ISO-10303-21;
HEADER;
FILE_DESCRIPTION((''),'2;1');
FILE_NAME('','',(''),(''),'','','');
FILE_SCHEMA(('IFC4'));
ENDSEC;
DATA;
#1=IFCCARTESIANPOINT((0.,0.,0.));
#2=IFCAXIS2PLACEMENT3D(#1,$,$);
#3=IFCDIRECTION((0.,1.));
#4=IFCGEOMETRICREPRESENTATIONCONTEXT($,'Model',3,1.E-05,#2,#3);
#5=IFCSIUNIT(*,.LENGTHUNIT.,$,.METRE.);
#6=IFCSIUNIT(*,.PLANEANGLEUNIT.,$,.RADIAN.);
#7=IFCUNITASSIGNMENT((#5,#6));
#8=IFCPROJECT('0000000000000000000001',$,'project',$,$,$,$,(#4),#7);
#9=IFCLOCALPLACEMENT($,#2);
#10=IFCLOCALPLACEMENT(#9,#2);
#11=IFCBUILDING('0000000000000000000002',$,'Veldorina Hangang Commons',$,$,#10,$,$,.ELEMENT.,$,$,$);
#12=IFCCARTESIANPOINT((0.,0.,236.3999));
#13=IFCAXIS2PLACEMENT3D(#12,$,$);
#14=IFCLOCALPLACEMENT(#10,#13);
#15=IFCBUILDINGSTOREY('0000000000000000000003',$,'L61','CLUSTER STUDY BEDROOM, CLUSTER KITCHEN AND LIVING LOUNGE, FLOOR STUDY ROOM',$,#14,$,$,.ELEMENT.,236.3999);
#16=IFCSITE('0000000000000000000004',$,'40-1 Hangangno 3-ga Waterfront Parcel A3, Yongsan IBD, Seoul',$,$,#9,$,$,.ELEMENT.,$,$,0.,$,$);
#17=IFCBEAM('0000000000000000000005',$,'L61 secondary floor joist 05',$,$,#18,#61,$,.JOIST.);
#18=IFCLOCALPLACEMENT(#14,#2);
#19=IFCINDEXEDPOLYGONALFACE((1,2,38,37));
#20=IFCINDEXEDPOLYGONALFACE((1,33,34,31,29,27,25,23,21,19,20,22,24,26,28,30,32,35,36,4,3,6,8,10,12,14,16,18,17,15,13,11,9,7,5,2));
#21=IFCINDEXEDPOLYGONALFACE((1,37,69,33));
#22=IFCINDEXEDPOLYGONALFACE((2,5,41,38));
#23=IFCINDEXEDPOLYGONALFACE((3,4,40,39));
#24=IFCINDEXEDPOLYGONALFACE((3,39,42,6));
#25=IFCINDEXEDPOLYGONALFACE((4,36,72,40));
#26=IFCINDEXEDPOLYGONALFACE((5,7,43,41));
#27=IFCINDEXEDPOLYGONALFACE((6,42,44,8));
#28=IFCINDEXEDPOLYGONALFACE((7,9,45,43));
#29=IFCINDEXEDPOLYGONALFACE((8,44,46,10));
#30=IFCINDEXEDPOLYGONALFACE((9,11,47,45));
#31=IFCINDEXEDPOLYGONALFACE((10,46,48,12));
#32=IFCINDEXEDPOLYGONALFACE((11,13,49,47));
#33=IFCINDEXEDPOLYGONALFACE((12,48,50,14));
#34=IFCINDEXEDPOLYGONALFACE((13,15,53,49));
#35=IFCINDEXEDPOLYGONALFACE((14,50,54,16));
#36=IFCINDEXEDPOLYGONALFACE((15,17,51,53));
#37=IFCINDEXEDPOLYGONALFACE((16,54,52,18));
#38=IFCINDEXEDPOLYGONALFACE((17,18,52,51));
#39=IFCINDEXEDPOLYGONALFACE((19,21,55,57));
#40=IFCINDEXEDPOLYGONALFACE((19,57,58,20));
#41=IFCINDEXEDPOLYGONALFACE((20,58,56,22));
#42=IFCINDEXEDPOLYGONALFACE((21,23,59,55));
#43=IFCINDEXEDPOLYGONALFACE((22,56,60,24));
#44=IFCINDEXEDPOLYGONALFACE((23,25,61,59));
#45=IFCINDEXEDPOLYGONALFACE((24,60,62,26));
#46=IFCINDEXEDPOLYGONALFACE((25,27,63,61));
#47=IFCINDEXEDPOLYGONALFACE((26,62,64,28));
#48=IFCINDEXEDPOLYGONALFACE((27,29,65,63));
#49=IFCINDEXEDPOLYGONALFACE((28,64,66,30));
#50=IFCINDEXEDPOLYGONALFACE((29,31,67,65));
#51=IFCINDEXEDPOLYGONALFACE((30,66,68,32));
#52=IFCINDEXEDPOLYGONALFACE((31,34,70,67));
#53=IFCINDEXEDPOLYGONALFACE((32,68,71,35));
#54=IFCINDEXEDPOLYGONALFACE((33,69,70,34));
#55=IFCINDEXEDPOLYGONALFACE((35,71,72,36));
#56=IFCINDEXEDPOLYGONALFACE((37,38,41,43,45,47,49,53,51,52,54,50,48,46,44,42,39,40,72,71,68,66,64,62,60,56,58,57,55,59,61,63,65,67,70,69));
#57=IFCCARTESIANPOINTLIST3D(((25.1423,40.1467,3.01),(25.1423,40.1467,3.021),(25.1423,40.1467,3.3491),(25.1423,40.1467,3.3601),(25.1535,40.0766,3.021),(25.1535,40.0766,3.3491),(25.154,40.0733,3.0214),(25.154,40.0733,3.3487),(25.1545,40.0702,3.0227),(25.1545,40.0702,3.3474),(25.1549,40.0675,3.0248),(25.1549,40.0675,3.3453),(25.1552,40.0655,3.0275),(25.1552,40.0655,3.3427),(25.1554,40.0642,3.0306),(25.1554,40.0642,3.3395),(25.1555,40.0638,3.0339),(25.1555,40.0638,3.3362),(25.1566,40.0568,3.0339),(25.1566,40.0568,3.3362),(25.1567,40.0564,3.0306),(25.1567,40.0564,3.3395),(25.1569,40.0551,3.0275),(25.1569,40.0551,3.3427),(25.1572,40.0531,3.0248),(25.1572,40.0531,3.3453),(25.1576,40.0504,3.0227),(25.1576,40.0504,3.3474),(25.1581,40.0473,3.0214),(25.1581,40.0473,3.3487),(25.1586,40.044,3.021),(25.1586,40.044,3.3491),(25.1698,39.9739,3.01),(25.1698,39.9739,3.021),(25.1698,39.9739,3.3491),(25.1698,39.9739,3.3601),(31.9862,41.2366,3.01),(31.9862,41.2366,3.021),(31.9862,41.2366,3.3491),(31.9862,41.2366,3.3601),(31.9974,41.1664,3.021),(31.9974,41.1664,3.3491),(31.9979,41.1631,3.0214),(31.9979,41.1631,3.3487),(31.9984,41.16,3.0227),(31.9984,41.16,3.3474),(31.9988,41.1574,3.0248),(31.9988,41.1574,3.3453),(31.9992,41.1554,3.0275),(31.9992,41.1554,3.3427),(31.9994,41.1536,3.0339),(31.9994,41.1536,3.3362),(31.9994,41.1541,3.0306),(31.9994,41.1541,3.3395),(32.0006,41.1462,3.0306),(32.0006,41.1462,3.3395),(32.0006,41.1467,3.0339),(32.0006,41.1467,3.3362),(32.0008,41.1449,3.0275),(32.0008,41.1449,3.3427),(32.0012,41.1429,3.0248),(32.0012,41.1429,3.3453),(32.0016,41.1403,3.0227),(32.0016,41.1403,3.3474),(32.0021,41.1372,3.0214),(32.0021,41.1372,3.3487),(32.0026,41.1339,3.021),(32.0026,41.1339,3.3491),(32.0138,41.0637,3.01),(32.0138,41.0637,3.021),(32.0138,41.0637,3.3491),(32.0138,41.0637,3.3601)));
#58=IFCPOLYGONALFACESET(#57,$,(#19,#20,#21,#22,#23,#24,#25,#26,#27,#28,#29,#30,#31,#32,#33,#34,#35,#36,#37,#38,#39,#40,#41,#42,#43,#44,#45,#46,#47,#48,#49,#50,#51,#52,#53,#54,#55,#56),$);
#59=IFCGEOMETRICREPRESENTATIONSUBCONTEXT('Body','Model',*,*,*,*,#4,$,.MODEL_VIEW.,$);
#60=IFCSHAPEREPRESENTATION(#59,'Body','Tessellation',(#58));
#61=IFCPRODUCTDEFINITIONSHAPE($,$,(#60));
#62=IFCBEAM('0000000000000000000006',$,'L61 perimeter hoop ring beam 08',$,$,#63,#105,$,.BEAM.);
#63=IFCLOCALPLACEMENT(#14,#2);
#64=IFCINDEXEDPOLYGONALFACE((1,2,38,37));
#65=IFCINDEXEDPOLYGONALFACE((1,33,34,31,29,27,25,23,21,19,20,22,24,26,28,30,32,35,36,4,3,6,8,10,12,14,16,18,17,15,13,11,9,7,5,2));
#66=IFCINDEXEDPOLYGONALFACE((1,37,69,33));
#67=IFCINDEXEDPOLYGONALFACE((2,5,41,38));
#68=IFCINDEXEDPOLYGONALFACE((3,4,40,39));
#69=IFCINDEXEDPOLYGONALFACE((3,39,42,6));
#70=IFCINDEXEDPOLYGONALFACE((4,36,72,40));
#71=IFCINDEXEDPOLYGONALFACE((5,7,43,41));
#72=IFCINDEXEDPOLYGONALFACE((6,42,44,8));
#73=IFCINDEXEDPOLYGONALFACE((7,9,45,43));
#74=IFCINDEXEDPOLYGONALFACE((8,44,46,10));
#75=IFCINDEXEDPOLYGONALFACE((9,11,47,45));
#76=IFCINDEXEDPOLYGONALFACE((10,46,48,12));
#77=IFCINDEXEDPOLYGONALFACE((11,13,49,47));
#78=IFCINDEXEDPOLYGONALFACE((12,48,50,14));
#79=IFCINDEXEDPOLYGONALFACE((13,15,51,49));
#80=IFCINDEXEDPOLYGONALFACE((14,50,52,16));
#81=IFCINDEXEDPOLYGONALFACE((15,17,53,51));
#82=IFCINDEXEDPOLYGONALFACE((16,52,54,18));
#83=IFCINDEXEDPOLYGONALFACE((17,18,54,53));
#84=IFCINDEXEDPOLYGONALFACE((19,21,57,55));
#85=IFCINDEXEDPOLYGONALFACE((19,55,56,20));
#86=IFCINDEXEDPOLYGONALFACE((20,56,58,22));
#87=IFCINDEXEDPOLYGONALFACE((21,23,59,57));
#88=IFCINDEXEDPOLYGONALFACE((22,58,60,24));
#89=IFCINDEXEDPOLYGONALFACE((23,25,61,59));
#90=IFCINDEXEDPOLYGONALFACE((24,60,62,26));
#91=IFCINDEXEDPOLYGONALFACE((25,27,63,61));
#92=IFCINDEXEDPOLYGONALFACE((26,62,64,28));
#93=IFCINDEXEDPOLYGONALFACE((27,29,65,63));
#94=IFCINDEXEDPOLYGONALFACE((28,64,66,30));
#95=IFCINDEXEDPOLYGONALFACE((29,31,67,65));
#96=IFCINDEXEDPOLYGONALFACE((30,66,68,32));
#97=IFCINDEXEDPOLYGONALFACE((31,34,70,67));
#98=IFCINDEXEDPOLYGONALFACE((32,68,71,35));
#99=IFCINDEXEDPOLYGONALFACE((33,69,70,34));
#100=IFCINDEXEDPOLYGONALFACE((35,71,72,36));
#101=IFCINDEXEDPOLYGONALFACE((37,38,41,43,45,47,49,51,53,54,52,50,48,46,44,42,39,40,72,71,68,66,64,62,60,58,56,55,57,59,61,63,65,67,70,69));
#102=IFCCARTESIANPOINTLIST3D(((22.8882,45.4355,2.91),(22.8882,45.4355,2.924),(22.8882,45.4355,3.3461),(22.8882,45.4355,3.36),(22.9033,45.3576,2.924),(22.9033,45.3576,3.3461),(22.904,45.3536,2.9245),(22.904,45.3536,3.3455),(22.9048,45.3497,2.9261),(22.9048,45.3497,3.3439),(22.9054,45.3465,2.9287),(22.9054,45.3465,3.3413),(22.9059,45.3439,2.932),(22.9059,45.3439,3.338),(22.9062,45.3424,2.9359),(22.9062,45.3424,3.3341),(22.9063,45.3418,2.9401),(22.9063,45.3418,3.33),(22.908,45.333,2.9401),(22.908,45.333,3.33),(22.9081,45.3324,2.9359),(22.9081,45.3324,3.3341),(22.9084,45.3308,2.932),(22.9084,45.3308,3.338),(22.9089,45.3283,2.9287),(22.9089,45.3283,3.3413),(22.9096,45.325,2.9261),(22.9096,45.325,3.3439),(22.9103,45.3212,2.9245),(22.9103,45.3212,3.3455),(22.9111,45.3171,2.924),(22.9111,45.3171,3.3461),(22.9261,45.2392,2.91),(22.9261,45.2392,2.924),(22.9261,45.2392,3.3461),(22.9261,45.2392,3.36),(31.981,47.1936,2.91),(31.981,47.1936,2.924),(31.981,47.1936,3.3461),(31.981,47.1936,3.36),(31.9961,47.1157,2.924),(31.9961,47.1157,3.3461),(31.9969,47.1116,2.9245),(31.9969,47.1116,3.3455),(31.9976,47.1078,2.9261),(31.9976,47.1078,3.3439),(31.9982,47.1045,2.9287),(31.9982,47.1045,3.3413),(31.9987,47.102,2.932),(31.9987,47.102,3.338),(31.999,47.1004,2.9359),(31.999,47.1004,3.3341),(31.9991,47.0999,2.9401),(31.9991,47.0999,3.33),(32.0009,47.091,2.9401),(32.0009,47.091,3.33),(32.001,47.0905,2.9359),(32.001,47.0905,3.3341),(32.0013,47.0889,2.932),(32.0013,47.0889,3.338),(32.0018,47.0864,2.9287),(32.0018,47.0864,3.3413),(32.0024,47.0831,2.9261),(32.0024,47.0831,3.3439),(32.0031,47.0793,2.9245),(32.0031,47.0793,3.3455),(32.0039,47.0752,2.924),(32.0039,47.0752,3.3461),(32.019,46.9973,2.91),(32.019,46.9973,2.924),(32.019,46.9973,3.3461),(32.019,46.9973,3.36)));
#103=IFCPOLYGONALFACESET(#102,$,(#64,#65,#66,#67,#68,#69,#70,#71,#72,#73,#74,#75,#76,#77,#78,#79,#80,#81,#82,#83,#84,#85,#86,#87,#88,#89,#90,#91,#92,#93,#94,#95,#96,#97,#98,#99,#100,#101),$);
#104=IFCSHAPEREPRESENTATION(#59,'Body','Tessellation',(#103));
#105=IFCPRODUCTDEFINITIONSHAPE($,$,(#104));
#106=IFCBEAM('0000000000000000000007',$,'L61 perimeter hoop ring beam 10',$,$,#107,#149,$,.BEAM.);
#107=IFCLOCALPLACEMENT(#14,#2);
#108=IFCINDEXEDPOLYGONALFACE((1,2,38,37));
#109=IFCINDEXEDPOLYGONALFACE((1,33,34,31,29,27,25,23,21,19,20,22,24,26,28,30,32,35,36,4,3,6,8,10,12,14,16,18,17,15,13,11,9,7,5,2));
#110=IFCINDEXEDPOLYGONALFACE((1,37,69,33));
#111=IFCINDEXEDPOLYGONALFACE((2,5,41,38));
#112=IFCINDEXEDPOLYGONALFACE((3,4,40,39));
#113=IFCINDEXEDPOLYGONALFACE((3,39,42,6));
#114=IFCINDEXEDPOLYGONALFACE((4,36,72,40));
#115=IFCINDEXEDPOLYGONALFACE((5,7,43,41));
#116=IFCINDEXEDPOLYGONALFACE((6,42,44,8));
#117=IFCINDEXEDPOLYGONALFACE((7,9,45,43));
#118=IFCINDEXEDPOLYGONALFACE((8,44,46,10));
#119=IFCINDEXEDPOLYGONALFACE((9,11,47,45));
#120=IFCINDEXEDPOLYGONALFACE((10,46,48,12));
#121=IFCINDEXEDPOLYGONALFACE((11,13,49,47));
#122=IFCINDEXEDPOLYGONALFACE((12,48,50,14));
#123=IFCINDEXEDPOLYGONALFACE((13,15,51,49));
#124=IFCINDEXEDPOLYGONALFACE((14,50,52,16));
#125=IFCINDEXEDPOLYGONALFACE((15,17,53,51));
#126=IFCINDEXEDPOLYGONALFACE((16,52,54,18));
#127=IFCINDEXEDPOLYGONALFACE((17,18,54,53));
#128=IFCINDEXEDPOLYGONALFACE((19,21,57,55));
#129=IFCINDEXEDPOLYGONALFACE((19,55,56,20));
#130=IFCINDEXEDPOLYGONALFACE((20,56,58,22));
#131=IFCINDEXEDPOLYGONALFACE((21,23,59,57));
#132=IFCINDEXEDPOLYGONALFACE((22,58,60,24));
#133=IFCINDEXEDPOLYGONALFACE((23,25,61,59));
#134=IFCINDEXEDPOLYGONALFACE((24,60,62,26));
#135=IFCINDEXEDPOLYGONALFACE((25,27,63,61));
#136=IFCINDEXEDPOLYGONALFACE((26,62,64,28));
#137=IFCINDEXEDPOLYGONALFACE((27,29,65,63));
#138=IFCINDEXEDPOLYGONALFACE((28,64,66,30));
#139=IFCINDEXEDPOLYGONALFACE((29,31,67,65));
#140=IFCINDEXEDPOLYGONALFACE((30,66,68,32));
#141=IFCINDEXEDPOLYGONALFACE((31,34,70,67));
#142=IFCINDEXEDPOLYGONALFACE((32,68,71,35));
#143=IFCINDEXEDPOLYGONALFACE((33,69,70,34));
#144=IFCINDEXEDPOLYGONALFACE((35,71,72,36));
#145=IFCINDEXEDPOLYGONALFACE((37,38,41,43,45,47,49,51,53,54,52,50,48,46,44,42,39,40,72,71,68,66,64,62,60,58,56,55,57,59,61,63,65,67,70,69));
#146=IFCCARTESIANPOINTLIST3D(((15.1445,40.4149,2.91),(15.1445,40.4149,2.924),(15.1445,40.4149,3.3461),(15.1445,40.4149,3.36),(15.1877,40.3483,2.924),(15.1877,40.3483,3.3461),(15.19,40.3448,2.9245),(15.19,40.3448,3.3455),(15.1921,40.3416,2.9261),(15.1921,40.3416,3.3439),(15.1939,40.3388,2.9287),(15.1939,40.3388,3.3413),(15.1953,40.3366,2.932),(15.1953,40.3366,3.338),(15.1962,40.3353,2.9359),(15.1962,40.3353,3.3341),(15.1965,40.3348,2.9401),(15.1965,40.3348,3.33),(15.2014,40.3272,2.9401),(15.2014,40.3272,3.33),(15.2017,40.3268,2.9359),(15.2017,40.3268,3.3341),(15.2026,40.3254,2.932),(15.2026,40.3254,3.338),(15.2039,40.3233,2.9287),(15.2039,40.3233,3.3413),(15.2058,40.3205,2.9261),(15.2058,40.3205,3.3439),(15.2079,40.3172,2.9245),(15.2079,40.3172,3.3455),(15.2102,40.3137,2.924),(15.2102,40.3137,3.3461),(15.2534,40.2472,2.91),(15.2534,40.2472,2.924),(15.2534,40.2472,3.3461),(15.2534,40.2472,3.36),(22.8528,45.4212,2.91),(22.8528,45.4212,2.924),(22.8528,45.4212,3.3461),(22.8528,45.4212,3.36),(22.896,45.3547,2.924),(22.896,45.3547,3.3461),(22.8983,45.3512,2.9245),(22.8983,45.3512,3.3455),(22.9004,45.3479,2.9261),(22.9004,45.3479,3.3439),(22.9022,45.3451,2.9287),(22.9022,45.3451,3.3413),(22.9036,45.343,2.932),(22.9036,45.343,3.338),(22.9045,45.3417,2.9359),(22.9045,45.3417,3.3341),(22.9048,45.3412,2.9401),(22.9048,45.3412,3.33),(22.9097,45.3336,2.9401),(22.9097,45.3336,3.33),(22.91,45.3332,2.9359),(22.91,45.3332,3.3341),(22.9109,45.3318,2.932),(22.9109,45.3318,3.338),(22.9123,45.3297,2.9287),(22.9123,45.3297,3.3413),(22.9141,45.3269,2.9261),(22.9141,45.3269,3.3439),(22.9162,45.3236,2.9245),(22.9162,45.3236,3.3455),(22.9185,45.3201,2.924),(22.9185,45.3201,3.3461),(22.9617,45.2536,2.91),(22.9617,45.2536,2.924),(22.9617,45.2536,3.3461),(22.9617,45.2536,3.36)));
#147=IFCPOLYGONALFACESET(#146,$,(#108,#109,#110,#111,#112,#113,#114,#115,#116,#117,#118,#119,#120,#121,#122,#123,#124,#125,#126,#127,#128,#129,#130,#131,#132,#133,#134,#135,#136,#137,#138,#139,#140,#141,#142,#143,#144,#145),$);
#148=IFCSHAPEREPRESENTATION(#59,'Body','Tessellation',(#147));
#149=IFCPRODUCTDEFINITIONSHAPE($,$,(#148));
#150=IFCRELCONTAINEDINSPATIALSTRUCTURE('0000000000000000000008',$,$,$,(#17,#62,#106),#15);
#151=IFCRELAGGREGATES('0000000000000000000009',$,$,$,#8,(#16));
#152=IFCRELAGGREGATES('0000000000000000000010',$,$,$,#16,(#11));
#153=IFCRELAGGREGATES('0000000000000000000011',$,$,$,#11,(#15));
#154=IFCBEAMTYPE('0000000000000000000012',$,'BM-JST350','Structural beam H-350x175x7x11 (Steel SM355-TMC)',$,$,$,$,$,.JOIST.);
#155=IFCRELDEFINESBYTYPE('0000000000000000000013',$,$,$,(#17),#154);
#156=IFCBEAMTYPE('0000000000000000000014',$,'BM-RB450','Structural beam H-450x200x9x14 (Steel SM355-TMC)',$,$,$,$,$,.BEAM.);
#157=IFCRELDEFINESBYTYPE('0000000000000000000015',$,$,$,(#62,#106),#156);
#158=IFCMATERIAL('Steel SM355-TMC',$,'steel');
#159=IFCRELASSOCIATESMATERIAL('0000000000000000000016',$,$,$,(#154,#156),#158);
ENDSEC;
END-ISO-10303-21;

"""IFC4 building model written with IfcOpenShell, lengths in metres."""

from ifc_helpers import new_model, si_unit, direction, frame, origin, origin_2d, place, context, subcontext, project, spatial, i_section, extrude, material, material_profile, profile_set, type_object, element, save


model = new_model("IFC4")

# Units and contexts
model_context = context("Model", 3, precision=1e-05, world=origin(), true_north=direction((0.0, 1.0)))
body_context = subcontext(model_context, "Body", "Model", "MODEL_VIEW")
ifc_project = project(units=[si_unit("LENGTHUNIT", "METRE"), si_unit("PLANEANGLEUNIT", "RADIAN")], contexts=[model_context])

# Site, building, storey
site_placement = place(None, origin())
site = spatial("IfcSite", under=ifc_project, at=site_placement, Name="40-1 Hangangno 3-ga Waterfront Parcel A3, Yongsan IBD, Seoul", CompositionType="ELEMENT", RefElevation=0.0)
building_placement = place(site_placement, origin())
building = spatial("IfcBuilding", under=site, at=building_placement, Name="Veldorina Hangang Commons", CompositionType="ELEMENT")
storey_placement = place(building_placement, frame((0.0, 0.0, 236.3999)))
storey = spatial("IfcBuildingStorey", under=building, at=storey_placement, Name="L61", Description="CLUSTER STUDY BEDROOM, CLUSTER KITCHEN AND LIVING LOUNGE, FLOOR STUDY ROOM", CompositionType="ELEMENT", Elevation=236.3999)

# Beams
ifc_material_1 = material(Name="Steel SM355-TMC", Category="steel")
ifc_material_profile_1 = material_profile(ifc_material_1, i_section(OverallWidth=0.175, OverallDepth=0.3501, WebThickness=0.0071, FlangeThickness=0.011, FilletRadius=0.0129, at=origin_2d()), Name="H-350x175x7x11")
ifc_profile_set_1 = profile_set([ifc_material_profile_1], Name="Steel SM355-TMC")
beam_type_1 = type_object("IfcBeamType", Name="BM-JST350", Description="Structural beam H-350x175x7x11 (Steel SM355-TMC)", PredefinedType="JOIST", material=ifc_profile_set_1)
beam_1_placement = place(storey_placement, frame((32.0, 41.1501, 3.1851), z_axis=(-0.987557, -0.15726, 0.0), x_axis=(0.15726, -0.987557, 0.0)))
element("IfcBeam", 1, at=beam_1_placement, inside=storey, type_object=beam_type_1, Name="L61 secondary floor joist 05", PredefinedType="JOIST", context=body_context, shape_type="SweptSolid", body=[
    extrude(i_section(OverallWidth=0.175, OverallDepth=0.3501, WebThickness=0.0071, FlangeThickness=0.011, FilletRadius=0.0129, at=origin_2d()), origin(), (0.0, 0.0, 1.0), 6.9302),
])
ifc_material_profile_2 = material_profile(ifc_material_1, i_section(OverallWidth=0.2, OverallDepth=0.45, WebThickness=0.009, FlangeThickness=0.0139, FilletRadius=0.0161, at=origin_2d()), Name="H-450x200x9x14")
ifc_profile_set_2 = profile_set([ifc_material_profile_2], Name="Steel SM355-TMC")
beam_type_2 = type_object("IfcBeamType", Name="BM-RB450", Description="Structural beam H-450x200x9x14 (Steel SM355-TMC)", PredefinedType="BEAM", material=ifc_profile_set_2)
beam_2_placement = place(storey_placement, frame((32.0, 47.0955, 3.135), z_axis=(-0.981817, -0.189831, 0.0), x_axis=(0.189831, -0.981817, 0.0)))
element("IfcBeam", 2, at=beam_2_placement, inside=storey, type_object=beam_type_2, Name="L61 perimeter hoop ring beam 08", PredefinedType="BEAM", context=body_context, shape_type="SweptSolid", body=[
    extrude(i_section(OverallWidth=0.2, OverallDepth=0.45, WebThickness=0.009, FlangeThickness=0.0139, FilletRadius=0.0161, at=origin_2d()), origin(), (0.0, 0.0, 1.0), 9.2612),
])
beam_3_placement = place(storey_placement, frame((22.9072, 45.3374, 3.135), z_axis=(-0.838643, -0.544681, 0.0), x_axis=(0.544681, -0.838643, 0.0)))
element("IfcBeam", 3, at=beam_3_placement, inside=storey, type_object=beam_type_2, Name="L61 perimeter hoop ring beam 10", PredefinedType="BEAM", context=body_context, shape_type="SweptSolid", body=[
    extrude(i_section(OverallWidth=0.2, OverallDepth=0.45, WebThickness=0.009, FlangeThickness=0.0139, FilletRadius=0.0161, at=origin_2d()), origin(), (0.0, 0.0, 1.0), 9.1914),
])

save(model, "model.ifc")
